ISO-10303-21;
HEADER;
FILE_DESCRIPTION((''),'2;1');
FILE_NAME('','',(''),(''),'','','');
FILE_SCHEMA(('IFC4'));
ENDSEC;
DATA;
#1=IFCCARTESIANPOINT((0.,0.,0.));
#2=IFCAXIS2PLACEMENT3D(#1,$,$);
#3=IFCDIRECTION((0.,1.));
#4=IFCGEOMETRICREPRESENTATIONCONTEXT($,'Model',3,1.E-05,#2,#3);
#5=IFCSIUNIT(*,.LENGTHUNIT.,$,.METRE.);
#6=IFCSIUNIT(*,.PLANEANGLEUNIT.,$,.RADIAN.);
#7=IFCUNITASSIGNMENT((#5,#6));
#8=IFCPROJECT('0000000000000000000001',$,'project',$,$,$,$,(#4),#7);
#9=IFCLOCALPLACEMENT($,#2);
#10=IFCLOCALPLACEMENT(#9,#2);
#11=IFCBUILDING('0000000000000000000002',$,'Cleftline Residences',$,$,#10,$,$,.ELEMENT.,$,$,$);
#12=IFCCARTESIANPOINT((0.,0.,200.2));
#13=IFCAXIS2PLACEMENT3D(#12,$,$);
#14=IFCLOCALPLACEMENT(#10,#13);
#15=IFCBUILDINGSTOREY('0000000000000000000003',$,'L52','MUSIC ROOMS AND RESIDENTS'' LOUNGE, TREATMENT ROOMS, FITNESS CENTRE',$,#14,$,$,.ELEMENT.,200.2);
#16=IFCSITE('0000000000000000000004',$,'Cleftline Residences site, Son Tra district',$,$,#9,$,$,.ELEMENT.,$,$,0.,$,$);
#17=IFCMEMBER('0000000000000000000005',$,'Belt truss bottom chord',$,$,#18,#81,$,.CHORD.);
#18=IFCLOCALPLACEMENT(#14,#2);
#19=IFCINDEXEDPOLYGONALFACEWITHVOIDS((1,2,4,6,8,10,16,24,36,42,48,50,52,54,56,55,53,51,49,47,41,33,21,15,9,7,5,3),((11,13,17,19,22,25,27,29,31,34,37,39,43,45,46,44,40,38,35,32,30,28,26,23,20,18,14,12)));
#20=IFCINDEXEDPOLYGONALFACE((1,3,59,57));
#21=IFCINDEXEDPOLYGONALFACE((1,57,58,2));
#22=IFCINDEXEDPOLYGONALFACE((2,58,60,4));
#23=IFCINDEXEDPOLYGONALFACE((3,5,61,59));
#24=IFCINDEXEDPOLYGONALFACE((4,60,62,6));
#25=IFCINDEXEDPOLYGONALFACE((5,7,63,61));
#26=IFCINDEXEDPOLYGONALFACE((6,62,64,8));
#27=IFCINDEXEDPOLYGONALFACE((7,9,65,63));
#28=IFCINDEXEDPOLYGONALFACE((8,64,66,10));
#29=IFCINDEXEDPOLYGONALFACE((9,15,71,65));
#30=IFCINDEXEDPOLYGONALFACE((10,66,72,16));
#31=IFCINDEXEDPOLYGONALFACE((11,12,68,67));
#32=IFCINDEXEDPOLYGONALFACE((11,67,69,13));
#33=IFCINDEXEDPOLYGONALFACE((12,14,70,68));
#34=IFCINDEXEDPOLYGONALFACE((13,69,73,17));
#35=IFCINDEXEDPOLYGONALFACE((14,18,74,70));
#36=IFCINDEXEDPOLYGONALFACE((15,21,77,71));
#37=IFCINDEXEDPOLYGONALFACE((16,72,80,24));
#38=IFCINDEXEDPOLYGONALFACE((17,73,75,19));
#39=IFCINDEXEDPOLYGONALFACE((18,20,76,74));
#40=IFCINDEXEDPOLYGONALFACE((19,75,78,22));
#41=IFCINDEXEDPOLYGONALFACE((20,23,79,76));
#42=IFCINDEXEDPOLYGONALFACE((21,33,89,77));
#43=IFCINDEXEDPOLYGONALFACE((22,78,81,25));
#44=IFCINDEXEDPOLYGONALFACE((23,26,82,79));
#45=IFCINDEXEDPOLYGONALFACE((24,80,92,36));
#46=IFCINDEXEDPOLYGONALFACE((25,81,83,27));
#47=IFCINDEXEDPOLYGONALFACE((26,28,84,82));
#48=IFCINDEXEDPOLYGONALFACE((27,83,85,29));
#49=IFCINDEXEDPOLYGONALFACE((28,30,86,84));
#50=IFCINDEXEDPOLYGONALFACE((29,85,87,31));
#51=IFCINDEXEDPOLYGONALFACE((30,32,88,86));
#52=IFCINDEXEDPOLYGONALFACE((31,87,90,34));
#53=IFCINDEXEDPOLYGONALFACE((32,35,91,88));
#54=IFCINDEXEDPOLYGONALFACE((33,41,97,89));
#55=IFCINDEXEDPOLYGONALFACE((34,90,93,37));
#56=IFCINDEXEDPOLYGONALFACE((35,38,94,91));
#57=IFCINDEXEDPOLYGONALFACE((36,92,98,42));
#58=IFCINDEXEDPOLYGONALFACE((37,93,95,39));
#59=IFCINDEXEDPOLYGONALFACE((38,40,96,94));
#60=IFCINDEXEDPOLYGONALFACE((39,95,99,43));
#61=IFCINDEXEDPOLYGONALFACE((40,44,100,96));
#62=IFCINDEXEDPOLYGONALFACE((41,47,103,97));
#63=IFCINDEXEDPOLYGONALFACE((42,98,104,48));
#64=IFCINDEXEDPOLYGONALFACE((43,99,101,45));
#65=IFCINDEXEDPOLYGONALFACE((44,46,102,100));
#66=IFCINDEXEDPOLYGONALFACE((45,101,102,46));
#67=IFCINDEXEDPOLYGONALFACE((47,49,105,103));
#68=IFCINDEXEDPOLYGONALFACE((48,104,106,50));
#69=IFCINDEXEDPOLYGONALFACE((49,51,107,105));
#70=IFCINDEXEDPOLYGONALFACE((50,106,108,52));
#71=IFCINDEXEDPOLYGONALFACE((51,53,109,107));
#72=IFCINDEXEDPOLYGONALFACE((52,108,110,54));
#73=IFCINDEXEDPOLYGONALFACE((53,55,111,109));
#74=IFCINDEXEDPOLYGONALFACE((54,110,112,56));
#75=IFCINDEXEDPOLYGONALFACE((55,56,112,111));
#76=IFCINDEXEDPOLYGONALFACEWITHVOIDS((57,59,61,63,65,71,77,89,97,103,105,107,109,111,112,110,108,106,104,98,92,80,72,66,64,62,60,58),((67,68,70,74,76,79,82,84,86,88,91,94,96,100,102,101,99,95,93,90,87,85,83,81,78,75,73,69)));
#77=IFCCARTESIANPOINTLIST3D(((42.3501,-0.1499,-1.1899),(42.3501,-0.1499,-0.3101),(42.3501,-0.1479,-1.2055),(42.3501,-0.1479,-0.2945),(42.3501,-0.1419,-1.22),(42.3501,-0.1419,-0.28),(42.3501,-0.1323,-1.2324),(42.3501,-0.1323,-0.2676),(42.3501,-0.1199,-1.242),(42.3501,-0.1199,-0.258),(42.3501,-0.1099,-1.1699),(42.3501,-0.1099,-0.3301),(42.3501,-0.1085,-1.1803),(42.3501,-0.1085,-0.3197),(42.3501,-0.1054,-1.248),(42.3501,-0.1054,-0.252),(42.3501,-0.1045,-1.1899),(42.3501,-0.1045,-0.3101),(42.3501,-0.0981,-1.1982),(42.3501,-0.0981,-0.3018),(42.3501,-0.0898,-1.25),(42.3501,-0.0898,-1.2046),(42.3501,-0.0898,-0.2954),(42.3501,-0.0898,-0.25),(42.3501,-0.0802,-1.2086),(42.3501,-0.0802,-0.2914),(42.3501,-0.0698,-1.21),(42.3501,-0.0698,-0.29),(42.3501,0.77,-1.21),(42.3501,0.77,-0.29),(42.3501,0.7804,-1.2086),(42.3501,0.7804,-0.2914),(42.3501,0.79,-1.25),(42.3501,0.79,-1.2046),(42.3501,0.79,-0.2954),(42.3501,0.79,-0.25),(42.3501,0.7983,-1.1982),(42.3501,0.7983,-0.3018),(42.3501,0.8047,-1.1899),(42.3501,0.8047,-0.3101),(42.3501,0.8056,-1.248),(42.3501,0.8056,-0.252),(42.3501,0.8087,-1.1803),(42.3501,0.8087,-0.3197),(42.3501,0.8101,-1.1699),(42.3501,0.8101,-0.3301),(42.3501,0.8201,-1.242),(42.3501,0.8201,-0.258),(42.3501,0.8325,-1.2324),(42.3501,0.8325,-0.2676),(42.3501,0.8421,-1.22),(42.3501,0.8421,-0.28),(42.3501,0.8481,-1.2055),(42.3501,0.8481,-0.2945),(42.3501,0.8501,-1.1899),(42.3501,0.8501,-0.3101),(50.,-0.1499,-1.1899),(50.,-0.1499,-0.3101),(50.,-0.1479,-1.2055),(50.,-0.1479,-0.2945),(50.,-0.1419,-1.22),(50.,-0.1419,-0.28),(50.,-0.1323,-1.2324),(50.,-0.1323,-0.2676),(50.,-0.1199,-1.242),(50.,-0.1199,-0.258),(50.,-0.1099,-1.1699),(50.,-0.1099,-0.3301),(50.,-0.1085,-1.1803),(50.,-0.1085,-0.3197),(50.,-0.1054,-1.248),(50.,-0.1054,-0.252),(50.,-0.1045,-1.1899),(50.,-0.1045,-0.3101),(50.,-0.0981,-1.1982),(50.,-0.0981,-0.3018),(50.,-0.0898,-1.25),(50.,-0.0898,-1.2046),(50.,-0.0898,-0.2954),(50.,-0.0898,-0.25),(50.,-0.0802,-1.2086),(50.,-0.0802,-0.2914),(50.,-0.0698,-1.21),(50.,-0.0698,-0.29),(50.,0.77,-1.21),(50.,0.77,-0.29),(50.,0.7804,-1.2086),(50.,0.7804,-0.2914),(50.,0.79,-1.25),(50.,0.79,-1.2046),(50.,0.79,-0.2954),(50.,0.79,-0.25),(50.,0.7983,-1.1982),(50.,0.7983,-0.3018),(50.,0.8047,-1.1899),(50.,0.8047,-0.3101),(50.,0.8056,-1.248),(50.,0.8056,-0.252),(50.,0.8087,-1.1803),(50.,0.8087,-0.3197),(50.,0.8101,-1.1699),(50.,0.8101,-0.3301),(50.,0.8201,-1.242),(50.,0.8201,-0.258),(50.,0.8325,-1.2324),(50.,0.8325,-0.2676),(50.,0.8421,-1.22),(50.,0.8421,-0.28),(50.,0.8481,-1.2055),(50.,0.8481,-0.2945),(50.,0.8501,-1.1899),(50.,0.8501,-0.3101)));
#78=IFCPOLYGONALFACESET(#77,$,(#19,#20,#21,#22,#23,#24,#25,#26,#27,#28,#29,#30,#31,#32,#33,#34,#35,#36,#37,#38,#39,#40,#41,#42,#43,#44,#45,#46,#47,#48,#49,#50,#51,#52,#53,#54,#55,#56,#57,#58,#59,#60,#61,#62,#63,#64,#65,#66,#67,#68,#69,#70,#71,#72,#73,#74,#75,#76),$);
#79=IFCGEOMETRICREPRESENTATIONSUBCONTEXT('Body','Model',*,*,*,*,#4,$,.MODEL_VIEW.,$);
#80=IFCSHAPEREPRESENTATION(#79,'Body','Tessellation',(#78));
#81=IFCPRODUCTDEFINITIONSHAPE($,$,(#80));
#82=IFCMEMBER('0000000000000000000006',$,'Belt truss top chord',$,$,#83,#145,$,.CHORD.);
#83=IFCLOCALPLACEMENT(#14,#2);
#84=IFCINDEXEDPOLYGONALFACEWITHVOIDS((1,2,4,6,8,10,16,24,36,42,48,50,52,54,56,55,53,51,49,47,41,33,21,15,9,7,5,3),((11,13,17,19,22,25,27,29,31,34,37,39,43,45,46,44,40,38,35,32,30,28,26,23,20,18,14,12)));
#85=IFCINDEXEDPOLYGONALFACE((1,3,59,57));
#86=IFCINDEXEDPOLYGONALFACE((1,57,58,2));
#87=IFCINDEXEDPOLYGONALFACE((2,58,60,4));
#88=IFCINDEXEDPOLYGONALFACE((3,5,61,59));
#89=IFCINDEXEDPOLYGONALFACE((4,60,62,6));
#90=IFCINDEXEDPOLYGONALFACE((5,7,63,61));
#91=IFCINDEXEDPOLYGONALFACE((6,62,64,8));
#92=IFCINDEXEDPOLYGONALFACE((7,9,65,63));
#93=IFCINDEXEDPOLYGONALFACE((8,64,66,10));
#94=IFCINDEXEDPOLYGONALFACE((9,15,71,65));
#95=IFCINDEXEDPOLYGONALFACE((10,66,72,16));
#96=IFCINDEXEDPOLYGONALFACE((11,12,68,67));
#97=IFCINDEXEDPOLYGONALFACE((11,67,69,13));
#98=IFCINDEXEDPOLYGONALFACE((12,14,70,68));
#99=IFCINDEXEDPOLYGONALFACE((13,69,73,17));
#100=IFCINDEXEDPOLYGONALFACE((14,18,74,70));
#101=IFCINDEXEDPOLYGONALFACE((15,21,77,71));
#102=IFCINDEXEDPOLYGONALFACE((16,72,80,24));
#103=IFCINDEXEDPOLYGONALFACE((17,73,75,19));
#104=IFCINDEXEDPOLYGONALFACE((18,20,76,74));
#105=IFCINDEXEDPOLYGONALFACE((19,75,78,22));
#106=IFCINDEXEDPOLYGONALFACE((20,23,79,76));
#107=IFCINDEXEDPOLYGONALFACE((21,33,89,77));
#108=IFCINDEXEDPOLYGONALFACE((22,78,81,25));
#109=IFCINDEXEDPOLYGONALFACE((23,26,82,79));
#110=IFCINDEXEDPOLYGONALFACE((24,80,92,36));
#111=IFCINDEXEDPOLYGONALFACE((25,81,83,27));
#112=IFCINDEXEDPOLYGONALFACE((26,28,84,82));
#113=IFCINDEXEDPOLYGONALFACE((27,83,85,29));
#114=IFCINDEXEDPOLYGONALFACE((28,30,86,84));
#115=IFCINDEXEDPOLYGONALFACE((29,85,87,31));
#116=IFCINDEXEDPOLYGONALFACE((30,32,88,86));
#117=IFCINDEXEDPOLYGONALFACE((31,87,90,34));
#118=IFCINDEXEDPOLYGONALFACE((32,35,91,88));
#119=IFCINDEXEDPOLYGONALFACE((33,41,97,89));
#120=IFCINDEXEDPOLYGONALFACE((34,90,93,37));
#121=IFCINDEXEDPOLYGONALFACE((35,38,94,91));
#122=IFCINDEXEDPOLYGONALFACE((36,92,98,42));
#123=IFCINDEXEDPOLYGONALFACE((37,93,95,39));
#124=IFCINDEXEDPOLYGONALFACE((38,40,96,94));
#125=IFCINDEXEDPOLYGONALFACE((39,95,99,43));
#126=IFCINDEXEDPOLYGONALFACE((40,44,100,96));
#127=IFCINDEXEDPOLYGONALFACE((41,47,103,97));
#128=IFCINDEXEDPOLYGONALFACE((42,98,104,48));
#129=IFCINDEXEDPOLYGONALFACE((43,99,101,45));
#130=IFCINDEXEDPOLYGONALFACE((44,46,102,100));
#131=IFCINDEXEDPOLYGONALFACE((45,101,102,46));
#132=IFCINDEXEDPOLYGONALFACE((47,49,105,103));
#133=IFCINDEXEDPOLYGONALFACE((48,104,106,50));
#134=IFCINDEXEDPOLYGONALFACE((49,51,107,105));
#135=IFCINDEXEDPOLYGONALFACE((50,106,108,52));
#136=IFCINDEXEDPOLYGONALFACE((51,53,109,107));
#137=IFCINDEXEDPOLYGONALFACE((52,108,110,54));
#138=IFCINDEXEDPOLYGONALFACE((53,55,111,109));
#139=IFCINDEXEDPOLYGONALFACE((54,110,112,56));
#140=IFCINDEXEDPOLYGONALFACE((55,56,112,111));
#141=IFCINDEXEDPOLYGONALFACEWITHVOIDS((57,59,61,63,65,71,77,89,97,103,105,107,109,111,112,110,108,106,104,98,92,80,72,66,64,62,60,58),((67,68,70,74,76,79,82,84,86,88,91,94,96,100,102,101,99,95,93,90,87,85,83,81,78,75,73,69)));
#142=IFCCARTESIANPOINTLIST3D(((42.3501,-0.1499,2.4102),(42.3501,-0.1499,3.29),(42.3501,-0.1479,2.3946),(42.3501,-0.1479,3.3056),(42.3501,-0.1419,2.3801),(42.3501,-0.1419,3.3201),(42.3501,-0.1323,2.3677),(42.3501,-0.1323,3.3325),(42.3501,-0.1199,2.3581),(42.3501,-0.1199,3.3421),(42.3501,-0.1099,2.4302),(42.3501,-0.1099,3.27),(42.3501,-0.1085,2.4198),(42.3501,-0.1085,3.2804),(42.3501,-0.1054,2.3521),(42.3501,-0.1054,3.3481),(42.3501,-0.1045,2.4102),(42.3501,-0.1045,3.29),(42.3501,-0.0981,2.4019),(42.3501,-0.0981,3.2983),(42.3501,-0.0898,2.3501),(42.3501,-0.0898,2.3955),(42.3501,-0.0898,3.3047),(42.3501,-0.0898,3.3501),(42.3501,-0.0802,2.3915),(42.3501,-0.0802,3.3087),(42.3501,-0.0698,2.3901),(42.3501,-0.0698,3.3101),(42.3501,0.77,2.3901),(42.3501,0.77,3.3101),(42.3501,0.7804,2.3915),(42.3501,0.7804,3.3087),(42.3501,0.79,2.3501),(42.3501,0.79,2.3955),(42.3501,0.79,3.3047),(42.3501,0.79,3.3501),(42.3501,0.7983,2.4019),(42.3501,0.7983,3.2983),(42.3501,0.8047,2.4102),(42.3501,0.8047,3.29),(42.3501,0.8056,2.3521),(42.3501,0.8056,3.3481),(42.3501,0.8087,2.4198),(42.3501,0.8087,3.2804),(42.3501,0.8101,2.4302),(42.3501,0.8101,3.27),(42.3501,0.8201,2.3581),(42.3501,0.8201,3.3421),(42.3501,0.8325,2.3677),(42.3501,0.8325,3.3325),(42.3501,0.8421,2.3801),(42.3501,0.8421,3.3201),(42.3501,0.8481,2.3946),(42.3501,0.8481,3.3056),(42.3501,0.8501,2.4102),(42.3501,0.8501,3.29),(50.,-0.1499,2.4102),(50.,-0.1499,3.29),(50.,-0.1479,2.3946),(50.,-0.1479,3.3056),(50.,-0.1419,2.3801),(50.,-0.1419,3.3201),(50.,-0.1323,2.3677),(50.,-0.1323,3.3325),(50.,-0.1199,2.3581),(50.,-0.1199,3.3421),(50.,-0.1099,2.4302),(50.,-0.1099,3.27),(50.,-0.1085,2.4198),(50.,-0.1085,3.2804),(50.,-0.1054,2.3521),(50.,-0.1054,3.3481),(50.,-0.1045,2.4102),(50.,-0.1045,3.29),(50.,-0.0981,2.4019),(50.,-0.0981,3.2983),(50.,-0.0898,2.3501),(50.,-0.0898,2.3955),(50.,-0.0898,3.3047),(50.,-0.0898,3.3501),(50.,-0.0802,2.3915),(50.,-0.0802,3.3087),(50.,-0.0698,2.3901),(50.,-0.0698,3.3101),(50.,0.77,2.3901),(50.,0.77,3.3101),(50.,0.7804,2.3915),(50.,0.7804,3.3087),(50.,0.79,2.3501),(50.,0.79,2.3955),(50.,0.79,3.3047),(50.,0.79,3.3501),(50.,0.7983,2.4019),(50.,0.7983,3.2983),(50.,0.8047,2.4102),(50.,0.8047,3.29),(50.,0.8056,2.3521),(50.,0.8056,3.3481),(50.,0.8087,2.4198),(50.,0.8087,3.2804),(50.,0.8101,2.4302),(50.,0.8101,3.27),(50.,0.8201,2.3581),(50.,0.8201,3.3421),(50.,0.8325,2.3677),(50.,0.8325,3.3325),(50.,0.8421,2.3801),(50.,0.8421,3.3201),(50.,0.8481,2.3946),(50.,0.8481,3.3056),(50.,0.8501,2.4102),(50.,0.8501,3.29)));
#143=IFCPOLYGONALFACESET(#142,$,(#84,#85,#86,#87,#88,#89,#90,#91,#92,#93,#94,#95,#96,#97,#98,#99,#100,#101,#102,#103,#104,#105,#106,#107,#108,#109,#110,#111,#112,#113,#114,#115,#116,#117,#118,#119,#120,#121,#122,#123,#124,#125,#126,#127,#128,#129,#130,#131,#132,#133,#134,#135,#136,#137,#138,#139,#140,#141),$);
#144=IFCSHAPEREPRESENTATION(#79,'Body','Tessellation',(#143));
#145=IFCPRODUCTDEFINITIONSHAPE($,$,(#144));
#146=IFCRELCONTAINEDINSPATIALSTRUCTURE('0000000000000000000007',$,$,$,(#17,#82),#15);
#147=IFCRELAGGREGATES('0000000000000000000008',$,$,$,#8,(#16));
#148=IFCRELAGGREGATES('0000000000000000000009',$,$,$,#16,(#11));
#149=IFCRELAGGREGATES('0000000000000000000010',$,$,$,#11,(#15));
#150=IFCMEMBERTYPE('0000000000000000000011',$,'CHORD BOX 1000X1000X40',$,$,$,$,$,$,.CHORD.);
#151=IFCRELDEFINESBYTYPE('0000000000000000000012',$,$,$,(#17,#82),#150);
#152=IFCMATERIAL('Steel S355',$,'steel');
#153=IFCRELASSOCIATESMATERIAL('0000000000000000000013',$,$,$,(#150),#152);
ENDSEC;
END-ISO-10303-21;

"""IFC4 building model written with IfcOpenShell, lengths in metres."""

from ifc_helpers import new_model, si_unit, direction, frame, origin, origin_2d, place, context, subcontext, project, spatial, hollow_rectangle, extrude, material, material_profile, profile_set, type_object, element, save


model = new_model("IFC4")

# Units and contexts
model_context = context("Model", 3, precision=1e-05, world=origin(), true_north=direction((0.0, 1.0)))
body_context = subcontext(model_context, "Body", "Model", "MODEL_VIEW")
ifc_project = project(units=[si_unit("LENGTHUNIT", "METRE"), si_unit("PLANEANGLEUNIT", "RADIAN")], contexts=[model_context])

# Site, building, storey
site_placement = place(None, origin())
site = spatial("IfcSite", under=ifc_project, at=site_placement, Name="Cleftline Residences site, Son Tra district", CompositionType="ELEMENT", RefElevation=0.0)
building_placement = place(site_placement, origin())
building = spatial("IfcBuilding", under=site, at=building_placement, Name="Cleftline Residences", CompositionType="ELEMENT")
storey_placement = place(building_placement, frame((0.0, 0.0, 200.2)))
storey = spatial("IfcBuildingStorey", under=building, at=storey_placement, Name="L52", Description="MUSIC ROOMS AND RESIDENTS' LOUNGE, TREATMENT ROOMS, FITNESS CENTRE", CompositionType="ELEMENT", Elevation=200.2)

# Members
ifc_material_1 = material(Name="Steel S355", Category="steel")
ifc_material_profile_1 = material_profile(ifc_material_1, hollow_rectangle(XDim=1.0, YDim=1.0, WallThickness=0.04, InnerFilletRadius=0.04, OuterFilletRadius=0.0601, at=origin_2d()))
ifc_profile_set_1 = profile_set([ifc_material_profile_1], Name="Steel S355")
member_type_1 = type_object("IfcMemberType", Name="CHORD BOX 1000X1000X40", PredefinedType="CHORD", material=ifc_profile_set_1)
for number, where, z_axis, x_axis, name in (
    (1, (42.3501, 0.3501, -0.75), (1.0, 0.0, 0.0), (0.0, 1.0, 0.0), "Belt truss bottom chord"),
    (2, (42.3501, 0.3501, 2.8501), (1.0, 0.0, 0.0), (0.0, 1.0, 0.0), "Belt truss top chord"),
):
    element("IfcMember", number, at=place(storey_placement, frame(where, z_axis=z_axis, x_axis=x_axis)), inside=storey, type_object=member_type_1, Name=name, PredefinedType="CHORD", context=body_context, shape_type="SweptSolid", body=[
        extrude(hollow_rectangle(XDim=1.0, YDim=1.0, WallThickness=0.04, InnerFilletRadius=0.04, OuterFilletRadius=0.0601, at=origin_2d()), origin(), (0.0, 0.0, 1.0), 7.6499),
    ])

save(model, "model.ifc")
